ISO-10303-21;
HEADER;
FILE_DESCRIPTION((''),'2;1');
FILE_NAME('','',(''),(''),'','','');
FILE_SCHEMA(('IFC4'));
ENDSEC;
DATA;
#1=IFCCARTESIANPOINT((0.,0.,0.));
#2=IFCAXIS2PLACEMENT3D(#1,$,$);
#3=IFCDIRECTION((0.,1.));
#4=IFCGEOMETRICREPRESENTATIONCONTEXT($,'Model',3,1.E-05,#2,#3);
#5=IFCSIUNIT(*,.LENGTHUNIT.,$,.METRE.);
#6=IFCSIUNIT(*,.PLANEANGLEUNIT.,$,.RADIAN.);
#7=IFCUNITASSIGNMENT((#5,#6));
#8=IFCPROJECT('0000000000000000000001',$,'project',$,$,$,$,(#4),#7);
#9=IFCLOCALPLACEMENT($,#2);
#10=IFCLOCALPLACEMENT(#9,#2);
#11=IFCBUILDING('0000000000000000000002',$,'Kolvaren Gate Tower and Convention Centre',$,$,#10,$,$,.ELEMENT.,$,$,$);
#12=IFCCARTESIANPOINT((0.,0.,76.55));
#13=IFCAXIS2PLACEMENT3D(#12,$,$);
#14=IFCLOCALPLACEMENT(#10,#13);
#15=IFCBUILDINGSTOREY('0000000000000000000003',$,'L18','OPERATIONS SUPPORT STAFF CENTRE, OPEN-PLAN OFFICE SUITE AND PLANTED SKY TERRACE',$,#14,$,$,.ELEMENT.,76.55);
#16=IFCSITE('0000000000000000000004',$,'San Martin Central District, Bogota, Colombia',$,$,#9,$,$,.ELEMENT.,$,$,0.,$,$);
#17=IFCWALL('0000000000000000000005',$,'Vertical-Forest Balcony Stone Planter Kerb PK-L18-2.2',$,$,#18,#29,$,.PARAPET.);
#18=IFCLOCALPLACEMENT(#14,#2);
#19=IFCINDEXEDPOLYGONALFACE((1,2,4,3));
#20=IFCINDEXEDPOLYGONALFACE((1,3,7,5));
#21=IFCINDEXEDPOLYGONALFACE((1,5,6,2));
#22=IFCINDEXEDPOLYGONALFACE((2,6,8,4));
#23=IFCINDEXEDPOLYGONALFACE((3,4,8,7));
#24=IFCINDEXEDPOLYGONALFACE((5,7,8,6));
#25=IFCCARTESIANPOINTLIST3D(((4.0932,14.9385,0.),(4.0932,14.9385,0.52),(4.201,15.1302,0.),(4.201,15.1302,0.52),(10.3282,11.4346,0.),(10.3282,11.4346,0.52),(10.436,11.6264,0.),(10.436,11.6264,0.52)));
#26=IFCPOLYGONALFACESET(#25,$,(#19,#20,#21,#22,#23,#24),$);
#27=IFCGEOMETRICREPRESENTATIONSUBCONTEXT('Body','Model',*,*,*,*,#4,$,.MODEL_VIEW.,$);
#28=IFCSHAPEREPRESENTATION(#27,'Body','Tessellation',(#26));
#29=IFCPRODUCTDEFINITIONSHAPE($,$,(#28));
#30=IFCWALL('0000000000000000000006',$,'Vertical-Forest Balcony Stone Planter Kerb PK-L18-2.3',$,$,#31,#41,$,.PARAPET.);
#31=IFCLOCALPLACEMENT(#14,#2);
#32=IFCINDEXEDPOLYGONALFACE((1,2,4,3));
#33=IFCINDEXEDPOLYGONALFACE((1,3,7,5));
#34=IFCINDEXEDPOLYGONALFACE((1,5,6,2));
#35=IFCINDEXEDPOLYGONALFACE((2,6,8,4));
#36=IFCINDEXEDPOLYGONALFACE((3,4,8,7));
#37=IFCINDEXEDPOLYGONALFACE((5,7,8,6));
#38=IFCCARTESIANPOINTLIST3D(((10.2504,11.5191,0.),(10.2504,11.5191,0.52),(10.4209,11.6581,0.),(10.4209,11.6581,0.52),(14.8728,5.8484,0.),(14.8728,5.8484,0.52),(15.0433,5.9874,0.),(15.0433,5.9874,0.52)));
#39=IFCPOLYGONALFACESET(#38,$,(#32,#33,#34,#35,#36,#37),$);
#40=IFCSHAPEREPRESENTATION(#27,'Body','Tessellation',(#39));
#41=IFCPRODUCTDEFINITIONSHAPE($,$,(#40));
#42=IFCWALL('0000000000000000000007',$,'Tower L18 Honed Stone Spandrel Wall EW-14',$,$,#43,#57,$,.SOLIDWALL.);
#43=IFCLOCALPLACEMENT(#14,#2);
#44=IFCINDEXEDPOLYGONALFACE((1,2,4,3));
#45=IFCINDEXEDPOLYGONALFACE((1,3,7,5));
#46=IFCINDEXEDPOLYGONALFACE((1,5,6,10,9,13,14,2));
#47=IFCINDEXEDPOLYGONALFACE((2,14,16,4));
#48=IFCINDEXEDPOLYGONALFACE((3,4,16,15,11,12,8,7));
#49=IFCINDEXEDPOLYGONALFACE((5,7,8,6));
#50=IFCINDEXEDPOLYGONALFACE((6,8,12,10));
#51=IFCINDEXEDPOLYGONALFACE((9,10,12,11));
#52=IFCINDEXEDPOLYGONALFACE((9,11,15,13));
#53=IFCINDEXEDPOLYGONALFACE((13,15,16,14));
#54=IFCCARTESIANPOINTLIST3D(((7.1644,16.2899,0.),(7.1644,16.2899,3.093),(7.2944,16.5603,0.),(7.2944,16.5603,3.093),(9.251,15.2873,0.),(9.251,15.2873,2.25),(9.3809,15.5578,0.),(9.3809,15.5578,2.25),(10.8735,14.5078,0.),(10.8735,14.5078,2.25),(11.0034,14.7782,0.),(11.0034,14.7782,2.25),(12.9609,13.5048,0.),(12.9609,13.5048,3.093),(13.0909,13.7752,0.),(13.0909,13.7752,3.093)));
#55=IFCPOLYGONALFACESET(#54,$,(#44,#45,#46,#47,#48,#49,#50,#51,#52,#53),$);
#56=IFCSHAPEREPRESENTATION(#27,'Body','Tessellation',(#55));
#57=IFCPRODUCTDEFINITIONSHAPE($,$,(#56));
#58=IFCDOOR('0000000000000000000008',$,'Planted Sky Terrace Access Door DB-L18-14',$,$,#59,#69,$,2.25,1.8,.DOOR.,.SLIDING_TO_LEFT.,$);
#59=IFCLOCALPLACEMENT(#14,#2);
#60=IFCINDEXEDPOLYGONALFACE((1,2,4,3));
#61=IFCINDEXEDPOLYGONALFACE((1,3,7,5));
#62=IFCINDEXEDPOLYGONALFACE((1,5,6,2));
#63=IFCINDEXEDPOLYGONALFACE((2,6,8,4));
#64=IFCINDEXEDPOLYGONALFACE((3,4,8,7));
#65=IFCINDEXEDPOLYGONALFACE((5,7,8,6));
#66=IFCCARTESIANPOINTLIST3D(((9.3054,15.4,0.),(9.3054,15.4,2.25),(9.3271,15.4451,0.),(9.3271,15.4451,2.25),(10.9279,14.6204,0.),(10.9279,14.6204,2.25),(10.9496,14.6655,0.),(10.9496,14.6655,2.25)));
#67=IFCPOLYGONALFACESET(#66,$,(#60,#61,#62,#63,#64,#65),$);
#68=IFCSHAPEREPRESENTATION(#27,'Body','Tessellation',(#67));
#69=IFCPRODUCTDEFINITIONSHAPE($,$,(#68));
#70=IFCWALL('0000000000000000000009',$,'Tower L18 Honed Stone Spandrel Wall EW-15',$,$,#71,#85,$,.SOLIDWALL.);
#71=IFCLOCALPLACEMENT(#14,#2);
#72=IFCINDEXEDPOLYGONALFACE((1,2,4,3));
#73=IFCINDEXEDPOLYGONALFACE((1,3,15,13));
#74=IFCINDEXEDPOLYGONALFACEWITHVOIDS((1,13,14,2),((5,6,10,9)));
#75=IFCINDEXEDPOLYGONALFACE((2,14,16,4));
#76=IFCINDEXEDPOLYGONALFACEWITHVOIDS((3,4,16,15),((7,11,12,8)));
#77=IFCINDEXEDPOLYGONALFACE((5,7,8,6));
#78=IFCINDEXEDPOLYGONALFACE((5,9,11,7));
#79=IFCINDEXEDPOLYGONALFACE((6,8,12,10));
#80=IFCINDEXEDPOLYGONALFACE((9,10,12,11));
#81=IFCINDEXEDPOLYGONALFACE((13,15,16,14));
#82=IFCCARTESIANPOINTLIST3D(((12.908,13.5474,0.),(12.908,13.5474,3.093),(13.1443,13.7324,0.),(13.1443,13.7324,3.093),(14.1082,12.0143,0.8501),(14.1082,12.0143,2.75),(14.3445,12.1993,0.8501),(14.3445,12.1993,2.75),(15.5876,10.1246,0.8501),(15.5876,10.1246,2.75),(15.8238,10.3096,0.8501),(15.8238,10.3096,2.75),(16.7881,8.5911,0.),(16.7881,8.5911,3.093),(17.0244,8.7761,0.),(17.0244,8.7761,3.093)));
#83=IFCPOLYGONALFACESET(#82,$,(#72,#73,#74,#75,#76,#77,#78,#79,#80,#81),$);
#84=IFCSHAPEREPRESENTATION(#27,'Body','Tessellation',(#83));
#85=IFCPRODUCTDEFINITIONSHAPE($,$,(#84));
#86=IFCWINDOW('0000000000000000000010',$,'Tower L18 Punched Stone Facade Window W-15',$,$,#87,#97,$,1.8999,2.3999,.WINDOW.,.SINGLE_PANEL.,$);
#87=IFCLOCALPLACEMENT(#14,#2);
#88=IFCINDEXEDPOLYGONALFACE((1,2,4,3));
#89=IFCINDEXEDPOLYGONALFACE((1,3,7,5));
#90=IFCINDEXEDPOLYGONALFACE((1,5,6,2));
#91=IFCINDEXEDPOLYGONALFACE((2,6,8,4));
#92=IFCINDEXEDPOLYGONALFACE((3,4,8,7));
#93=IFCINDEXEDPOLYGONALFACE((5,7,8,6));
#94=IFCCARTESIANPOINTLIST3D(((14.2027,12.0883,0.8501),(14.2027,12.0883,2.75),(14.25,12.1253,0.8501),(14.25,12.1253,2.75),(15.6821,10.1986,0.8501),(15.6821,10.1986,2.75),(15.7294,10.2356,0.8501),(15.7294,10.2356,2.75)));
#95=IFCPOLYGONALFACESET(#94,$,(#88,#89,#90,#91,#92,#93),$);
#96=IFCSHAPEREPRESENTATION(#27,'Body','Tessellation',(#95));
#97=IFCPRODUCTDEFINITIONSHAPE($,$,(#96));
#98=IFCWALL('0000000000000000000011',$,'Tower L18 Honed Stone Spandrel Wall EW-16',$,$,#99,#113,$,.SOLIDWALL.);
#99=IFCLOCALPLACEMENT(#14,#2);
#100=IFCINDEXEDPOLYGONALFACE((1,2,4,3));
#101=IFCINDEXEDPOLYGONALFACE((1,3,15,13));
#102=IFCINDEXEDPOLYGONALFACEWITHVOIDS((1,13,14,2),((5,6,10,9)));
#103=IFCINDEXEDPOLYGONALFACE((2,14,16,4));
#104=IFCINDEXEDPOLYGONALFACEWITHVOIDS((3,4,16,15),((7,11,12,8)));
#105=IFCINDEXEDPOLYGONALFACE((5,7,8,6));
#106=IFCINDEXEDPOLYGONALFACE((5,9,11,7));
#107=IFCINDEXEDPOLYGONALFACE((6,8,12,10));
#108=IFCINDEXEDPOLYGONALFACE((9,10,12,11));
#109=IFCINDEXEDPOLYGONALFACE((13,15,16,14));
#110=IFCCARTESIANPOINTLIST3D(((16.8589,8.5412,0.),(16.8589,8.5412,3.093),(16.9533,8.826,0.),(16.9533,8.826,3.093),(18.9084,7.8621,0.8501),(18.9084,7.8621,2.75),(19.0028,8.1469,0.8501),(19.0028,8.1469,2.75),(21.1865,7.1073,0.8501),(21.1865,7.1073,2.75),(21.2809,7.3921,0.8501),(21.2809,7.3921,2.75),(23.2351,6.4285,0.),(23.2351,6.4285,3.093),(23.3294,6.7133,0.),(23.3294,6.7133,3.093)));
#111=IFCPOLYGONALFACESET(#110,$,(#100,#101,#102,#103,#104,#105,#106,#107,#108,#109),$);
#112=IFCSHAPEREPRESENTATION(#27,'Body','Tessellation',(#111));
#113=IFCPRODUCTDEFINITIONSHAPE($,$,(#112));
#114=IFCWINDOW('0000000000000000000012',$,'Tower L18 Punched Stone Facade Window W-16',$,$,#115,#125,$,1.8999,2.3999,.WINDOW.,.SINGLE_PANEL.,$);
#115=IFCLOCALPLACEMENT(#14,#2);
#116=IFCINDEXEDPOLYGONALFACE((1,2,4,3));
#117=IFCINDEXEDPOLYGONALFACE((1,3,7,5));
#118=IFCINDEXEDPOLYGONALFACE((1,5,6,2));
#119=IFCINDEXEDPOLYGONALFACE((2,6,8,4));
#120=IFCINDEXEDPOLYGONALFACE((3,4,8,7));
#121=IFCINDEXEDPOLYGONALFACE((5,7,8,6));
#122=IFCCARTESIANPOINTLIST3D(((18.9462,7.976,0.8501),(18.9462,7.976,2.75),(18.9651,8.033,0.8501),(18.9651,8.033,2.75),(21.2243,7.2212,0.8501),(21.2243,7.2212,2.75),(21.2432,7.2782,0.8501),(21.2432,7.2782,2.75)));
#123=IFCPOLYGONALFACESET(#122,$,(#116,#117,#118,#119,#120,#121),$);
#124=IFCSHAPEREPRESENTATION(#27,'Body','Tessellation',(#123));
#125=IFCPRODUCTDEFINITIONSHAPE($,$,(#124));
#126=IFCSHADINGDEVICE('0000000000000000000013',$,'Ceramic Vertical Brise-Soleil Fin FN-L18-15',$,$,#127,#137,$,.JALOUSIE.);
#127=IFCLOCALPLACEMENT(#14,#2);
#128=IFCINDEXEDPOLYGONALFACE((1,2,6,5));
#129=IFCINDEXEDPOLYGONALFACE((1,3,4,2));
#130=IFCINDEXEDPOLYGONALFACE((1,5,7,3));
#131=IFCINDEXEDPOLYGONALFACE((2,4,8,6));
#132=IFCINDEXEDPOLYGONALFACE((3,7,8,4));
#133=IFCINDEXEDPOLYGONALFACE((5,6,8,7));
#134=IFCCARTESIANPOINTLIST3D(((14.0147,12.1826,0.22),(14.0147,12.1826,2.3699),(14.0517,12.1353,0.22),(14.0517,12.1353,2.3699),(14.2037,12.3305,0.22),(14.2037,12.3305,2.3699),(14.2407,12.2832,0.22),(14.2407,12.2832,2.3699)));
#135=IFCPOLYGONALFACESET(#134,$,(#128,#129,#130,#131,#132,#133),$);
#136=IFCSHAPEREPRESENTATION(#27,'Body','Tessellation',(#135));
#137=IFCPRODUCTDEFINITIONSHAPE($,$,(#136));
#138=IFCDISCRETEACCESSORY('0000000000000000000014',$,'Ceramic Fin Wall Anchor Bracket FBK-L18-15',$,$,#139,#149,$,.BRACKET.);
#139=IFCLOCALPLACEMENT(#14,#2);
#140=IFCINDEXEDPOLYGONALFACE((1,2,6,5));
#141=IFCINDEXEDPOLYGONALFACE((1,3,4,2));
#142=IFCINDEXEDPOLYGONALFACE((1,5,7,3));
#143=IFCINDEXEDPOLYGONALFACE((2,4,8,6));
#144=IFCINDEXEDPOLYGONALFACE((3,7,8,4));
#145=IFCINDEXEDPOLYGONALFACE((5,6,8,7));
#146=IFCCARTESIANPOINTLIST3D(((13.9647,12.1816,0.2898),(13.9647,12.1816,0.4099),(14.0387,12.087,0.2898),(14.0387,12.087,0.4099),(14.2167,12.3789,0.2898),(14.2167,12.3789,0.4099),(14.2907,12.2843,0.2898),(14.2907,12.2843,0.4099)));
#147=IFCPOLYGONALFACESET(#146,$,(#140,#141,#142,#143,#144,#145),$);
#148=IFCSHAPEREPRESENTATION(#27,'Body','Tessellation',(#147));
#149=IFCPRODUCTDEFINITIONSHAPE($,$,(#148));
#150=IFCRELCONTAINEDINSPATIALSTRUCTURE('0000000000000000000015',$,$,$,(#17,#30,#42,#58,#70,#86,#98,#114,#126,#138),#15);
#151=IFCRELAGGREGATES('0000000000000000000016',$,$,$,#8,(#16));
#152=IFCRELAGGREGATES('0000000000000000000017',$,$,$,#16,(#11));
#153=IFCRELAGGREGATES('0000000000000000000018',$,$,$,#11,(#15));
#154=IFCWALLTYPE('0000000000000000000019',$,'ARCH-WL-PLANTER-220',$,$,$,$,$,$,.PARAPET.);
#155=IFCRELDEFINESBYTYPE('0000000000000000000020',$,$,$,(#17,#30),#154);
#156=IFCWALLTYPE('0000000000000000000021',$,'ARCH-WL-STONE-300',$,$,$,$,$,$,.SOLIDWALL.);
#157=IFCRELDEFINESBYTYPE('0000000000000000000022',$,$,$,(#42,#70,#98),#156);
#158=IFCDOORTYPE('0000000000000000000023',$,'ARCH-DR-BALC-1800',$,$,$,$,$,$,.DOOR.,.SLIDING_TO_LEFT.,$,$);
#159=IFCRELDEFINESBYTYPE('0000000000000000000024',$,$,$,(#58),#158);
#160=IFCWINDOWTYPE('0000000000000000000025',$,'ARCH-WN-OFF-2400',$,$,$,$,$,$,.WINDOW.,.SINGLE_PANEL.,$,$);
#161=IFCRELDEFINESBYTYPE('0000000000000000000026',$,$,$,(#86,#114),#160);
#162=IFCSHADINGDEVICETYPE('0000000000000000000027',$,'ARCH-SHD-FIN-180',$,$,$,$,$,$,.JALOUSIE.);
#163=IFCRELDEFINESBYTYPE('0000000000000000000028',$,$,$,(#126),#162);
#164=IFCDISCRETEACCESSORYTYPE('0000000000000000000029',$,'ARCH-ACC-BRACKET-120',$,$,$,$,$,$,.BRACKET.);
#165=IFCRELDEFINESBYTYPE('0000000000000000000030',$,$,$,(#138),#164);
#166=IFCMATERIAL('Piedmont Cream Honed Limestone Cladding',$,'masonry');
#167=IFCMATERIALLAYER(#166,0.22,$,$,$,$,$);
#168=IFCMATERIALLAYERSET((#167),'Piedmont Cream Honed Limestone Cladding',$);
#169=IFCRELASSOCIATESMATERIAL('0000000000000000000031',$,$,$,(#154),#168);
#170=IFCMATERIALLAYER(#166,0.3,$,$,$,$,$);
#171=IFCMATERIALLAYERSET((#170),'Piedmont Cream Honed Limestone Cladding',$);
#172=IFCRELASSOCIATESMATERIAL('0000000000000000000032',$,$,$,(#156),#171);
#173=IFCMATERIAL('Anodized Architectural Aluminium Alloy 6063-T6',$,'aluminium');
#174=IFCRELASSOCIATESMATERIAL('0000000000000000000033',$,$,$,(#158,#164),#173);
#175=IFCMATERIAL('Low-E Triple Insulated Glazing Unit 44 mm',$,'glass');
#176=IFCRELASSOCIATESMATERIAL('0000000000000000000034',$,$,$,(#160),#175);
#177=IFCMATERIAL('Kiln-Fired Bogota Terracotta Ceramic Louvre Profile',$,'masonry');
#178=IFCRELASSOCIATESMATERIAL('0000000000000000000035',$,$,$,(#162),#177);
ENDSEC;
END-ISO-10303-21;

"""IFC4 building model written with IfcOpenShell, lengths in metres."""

from ifc_helpers import new_model, si_unit, direction, frame, frame_2d, origin, origin_2d, place, context, subcontext, project, spatial, rectangle, extrude, material, layer, layer_set, type_object, element, fill, save


model = new_model("IFC4")

# Units and contexts
model_context = context("Model", 3, precision=1e-05, world=origin(), true_north=direction((0.0, 1.0)))
body_context = subcontext(model_context, "Body", "Model", "MODEL_VIEW")
ifc_project = project(units=[si_unit("LENGTHUNIT", "METRE"), si_unit("PLANEANGLEUNIT", "RADIAN")], contexts=[model_context])

# Site, building, storey
site_placement = place(None, origin())
site = spatial("IfcSite", under=ifc_project, at=site_placement, Name="San Martin Central District, Bogota, Colombia", CompositionType="ELEMENT", RefElevation=0.0)
building_placement = place(site_placement, origin())
building = spatial("IfcBuilding", under=site, at=building_placement, Name="Kolvaren Gate Tower and Convention Centre", CompositionType="ELEMENT")
storey_placement = place(building_placement, frame((0.0, 0.0, 76.55)))
storey = spatial("IfcBuildingStorey", under=building, at=storey_placement, Name="L18", Description="OPERATIONS SUPPORT STAFF CENTRE, OPEN-PLAN OFFICE SUITE AND PLANTED SKY TERRACE", CompositionType="ELEMENT", Elevation=76.55)

# Walls
ifc_material_1 = material(Name="Piedmont Cream Honed Limestone Cladding", Category="masonry")
ifc_layer_1 = layer(ifc_material_1, 0.22)
ifc_layer_set_1 = layer_set([ifc_layer_1], Name="Piedmont Cream Honed Limestone Cladding")
wall_type_1 = type_object("IfcWallType", Name="ARCH-WL-PLANTER-220", PredefinedType="PARAPET", material=ifc_layer_set_1)
wall_1_placement = place(storey_placement, frame((4.147, 15.0344, 0.0), z_axis=(0.0, 0.0, 1.0), x_axis=(0.871775, -0.489906, 0.0)))
element("IfcWall", 1, at=wall_1_placement, inside=storey, type_object=wall_type_1, Name="Vertical-Forest Balcony Stone Planter Kerb PK-L18-2.2", PredefinedType="PARAPET", context=body_context, shape_type="SweptSolid", body=[
    extrude(rectangle(XDim=7.1521, YDim=0.22, at=frame_2d((3.5762, 0.0))), origin(), (0.0, 0.0, 1.0), 0.52),
])
wall_2_placement = place(storey_placement, frame((10.3357, 11.5886, 0.0), z_axis=(0.0, 0.0, 1.0), x_axis=(0.631819, -0.775116, 0.0)))
element("IfcWall", 2, at=wall_2_placement, inside=storey, type_object=wall_type_1, Name="Vertical-Forest Balcony Stone Planter Kerb PK-L18-2.3", PredefinedType="PARAPET", context=body_context, shape_type="SweptSolid", body=[
    extrude(rectangle(XDim=7.3159, YDim=0.22, at=frame_2d((3.658, 0.0))), origin(), (0.0, 0.0, 1.0), 0.52),
])

# Wall, opening, door
ifc_layer_2 = layer(ifc_material_1, 0.3)
ifc_layer_set_2 = layer_set([ifc_layer_2], Name="Piedmont Cream Honed Limestone Cladding")
wall_type_2 = type_object("IfcWallType", Name="ARCH-WL-STONE-300", PredefinedType="SOLIDWALL", material=ifc_layer_set_2)
wall_3_placement = place(storey_placement, frame((7.2295, 16.425, 0.0), z_axis=(0.0, 0.0, 1.0), x_axis=(0.901355, -0.433082, 0.0)))
wall_3 = element("IfcWall", 3, at=wall_3_placement, inside=storey, type_object=wall_type_2, Name="Tower L18 Honed Stone Spandrel Wall EW-14", PredefinedType="SOLIDWALL", context=body_context, shape_type="SweptSolid", body=[
    extrude(rectangle(XDim=6.4309, YDim=0.3, at=frame_2d((3.2153, 0.0))), origin(), (0.0, 0.0, 1.0), 3.093),
])
opening_1_placement = place(wall_3_placement, frame((2.3149, 0.0, 0.0)))
opening_1 = element("IfcOpeningElement", 4, at=opening_1_placement, cuts=wall_3, PredefinedType="OPENING", context=body_context, shape_type="SweptSolid", body=[
    extrude(rectangle(XDim=1.8, YDim=2.25, at=frame_2d((0.8999, 1.125))), frame((0.0, 0.1599, 0.0), z_axis=(0.0, -1.0, 0.0), x_axis=(1.0, 0.0, 0.0)), (0.0, 0.0, 1.0), 0.3201),
])
ifc_material_2 = material(Name="Anodized Architectural Aluminium Alloy 6063-T6", Category="aluminium")
door_type = type_object("IfcDoorType", Name="ARCH-DR-BALC-1800", OperationType="SLIDING_TO_LEFT", PredefinedType="DOOR", material=ifc_material_2)
door_placement = place(opening_1_placement, frame((1.8, 0.0, 0.0), z_axis=(0.0, 0.0, 1.0), x_axis=(-1.0, 0.0, 0.0)))
door = element("IfcDoor", 5, at=door_placement, inside=storey, type_object=door_type, Name="Planted Sky Terrace Access Door DB-L18-14", OperationType="SLIDING_TO_LEFT", OverallHeight=2.25, OverallWidth=1.8, PredefinedType="DOOR", context=body_context, shape_type="SweptSolid", body=[
    extrude(rectangle(XDim=1.8, YDim=2.25, at=frame_2d((0.8999, 1.125))), frame((0.0, 0.0249, 0.0), z_axis=(0.0, -1.0, 0.0), x_axis=(1.0, 0.0, 0.0)), (0.0, 0.0, 1.0), 0.05),
])
fill(opening_1, door)

# Walls, openings, windows
wall_4_placement = place(storey_placement, frame((13.0261, 13.6399, 0.0), z_axis=(0.0, 0.0, 1.0), x_axis=(0.616435, -0.787406, 0.0)))
wall_4 = element("IfcWall", 6, at=wall_4_placement, inside=storey, type_object=wall_type_2, Name="Tower L18 Honed Stone Spandrel Wall EW-15", PredefinedType="SOLIDWALL", context=body_context, shape_type="SweptSolid", body=[
    extrude(rectangle(XDim=6.2944, YDim=0.3, at=frame_2d((3.1472, 0.0))), origin(), (0.0, 0.0, 1.0), 3.093),
])
opening_2_placement = place(wall_4_placement, frame((1.947, 0.0, 0.8501)))
opening_2 = element("IfcOpeningElement", 7, at=opening_2_placement, cuts=wall_4, PredefinedType="OPENING", context=body_context, shape_type="SweptSolid", body=[
    extrude(rectangle(XDim=2.3999, YDim=1.8999, at=frame_2d((1.2, 0.95))), frame((0.0, 0.1599, 0.0), z_axis=(0.0, -1.0, 0.0), x_axis=(1.0, 0.0, 0.0)), (0.0, 0.0, 1.0), 0.3201),
])
ifc_material_3 = material(Name="Low-E Triple Insulated Glazing Unit 44 mm", Category="glass")
window_type = type_object("IfcWindowType", Name="ARCH-WN-OFF-2400", PartitioningType="SINGLE_PANEL", PredefinedType="WINDOW", material=ifc_material_3)
window_1_placement = place(opening_2_placement, origin())
window_1 = element("IfcWindow", 8, at=window_1_placement, inside=storey, type_object=window_type, Name="Tower L18 Punched Stone Facade Window W-15", OverallHeight=1.8999, OverallWidth=2.3999, PartitioningType="SINGLE_PANEL", PredefinedType="WINDOW", context=body_context, shape_type="SweptSolid", body=[
    extrude(rectangle(XDim=2.3999, YDim=1.8999, at=frame_2d((1.2, 0.95))), frame((0.0, 0.03, 0.0), z_axis=(0.0, -1.0, 0.0), x_axis=(1.0, 0.0, 0.0)), (0.0, 0.0, 1.0), 0.0601),
])
fill(opening_2, window_1)
wall_5_placement = place(storey_placement, frame((16.9062, 8.6836, 0.0), z_axis=(0.0, 0.0, 1.0), x_axis=(0.949245, -0.314537, 0.0)))
wall_5 = element("IfcWall", 9, at=wall_5_placement, inside=storey, type_object=wall_type_2, Name="Tower L18 Honed Stone Spandrel Wall EW-16", PredefinedType="SOLIDWALL", context=body_context, shape_type="SweptSolid", body=[
    extrude(rectangle(XDim=6.717, YDim=0.3, at=frame_2d((3.3584, 0.0))), origin(), (0.0, 0.0, 1.0), 3.093),
])
opening_3_placement = place(wall_5_placement, frame((2.1589, 0.0, 0.8501)))
opening_3 = element("IfcOpeningElement", 10, at=opening_3_placement, cuts=wall_5, PredefinedType="OPENING", context=body_context, shape_type="SweptSolid", body=[
    extrude(rectangle(XDim=2.3999, YDim=1.8999, at=frame_2d((1.2, 0.95))), frame((0.0, 0.1599, 0.0), z_axis=(0.0, -1.0, 0.0), x_axis=(1.0, 0.0, 0.0)), (0.0, 0.0, 1.0), 0.3201),
])
window_2_placement = place(opening_3_placement, origin())
window_2 = element("IfcWindow", 11, at=window_2_placement, inside=storey, type_object=window_type, Name="Tower L18 Punched Stone Facade Window W-16", OverallHeight=1.8999, OverallWidth=2.3999, PartitioningType="SINGLE_PANEL", PredefinedType="WINDOW", context=body_context, shape_type="SweptSolid", body=[
    extrude(rectangle(XDim=2.3999, YDim=1.8999, at=frame_2d((1.2, 0.95))), frame((0.0, 0.03, 0.0), z_axis=(0.0, -1.0, 0.0), x_axis=(1.0, 0.0, 0.0)), (0.0, 0.0, 1.0), 0.0601),
])
fill(opening_3, window_2)

# Shading device
ifc_material_4 = material(Name="Kiln-Fired Bogota Terracotta Ceramic Louvre Profile", Category="masonry")
shading_device_type = type_object("IfcShadingDeviceType", Name="ARCH-SHD-FIN-180", PredefinedType="JALOUSIE", material=ifc_material_4)
shading_device_placement = place(storey_placement, frame((14.1277, 12.2329, 0.22), z_axis=(0.0, 0.0, 1.0), x_axis=(0.616431, -0.787409, 0.0)))
element("IfcShadingDevice", 12, at=shading_device_placement, inside=storey, type_object=shading_device_type, Name="Ceramic Vertical Brise-Soleil Fin FN-L18-15", PredefinedType="JALOUSIE", context=body_context, shape_type="SweptSolid", body=[
    extrude(rectangle(XDim=0.0601, YDim=0.24, at=origin_2d()), origin(), (0.0, 0.0, 1.0), 2.1499),
])

# Discrete accessory
discrete_accessory_type = type_object("IfcDiscreteAccessoryType", Name="ARCH-ACC-BRACKET-120", PredefinedType="BRACKET", material=ifc_material_2)
discrete_accessory_placement = place(storey_placement, frame((14.1277, 12.2329, 0.2898), z_axis=(0.0, 0.0, 1.0), x_axis=(0.616431, -0.787409, 0.0)))
element("IfcDiscreteAccessory", 13, at=discrete_accessory_placement, inside=storey, type_object=discrete_accessory_type, Name="Ceramic Fin Wall Anchor Bracket FBK-L18-15", PredefinedType="BRACKET", context=body_context, shape_type="SweptSolid", body=[
    extrude(rectangle(XDim=0.1201, YDim=0.3201, at=origin_2d()), origin(), (0.0, 0.0, 1.0), 0.1201),
])

save(model, "model.ifc")
